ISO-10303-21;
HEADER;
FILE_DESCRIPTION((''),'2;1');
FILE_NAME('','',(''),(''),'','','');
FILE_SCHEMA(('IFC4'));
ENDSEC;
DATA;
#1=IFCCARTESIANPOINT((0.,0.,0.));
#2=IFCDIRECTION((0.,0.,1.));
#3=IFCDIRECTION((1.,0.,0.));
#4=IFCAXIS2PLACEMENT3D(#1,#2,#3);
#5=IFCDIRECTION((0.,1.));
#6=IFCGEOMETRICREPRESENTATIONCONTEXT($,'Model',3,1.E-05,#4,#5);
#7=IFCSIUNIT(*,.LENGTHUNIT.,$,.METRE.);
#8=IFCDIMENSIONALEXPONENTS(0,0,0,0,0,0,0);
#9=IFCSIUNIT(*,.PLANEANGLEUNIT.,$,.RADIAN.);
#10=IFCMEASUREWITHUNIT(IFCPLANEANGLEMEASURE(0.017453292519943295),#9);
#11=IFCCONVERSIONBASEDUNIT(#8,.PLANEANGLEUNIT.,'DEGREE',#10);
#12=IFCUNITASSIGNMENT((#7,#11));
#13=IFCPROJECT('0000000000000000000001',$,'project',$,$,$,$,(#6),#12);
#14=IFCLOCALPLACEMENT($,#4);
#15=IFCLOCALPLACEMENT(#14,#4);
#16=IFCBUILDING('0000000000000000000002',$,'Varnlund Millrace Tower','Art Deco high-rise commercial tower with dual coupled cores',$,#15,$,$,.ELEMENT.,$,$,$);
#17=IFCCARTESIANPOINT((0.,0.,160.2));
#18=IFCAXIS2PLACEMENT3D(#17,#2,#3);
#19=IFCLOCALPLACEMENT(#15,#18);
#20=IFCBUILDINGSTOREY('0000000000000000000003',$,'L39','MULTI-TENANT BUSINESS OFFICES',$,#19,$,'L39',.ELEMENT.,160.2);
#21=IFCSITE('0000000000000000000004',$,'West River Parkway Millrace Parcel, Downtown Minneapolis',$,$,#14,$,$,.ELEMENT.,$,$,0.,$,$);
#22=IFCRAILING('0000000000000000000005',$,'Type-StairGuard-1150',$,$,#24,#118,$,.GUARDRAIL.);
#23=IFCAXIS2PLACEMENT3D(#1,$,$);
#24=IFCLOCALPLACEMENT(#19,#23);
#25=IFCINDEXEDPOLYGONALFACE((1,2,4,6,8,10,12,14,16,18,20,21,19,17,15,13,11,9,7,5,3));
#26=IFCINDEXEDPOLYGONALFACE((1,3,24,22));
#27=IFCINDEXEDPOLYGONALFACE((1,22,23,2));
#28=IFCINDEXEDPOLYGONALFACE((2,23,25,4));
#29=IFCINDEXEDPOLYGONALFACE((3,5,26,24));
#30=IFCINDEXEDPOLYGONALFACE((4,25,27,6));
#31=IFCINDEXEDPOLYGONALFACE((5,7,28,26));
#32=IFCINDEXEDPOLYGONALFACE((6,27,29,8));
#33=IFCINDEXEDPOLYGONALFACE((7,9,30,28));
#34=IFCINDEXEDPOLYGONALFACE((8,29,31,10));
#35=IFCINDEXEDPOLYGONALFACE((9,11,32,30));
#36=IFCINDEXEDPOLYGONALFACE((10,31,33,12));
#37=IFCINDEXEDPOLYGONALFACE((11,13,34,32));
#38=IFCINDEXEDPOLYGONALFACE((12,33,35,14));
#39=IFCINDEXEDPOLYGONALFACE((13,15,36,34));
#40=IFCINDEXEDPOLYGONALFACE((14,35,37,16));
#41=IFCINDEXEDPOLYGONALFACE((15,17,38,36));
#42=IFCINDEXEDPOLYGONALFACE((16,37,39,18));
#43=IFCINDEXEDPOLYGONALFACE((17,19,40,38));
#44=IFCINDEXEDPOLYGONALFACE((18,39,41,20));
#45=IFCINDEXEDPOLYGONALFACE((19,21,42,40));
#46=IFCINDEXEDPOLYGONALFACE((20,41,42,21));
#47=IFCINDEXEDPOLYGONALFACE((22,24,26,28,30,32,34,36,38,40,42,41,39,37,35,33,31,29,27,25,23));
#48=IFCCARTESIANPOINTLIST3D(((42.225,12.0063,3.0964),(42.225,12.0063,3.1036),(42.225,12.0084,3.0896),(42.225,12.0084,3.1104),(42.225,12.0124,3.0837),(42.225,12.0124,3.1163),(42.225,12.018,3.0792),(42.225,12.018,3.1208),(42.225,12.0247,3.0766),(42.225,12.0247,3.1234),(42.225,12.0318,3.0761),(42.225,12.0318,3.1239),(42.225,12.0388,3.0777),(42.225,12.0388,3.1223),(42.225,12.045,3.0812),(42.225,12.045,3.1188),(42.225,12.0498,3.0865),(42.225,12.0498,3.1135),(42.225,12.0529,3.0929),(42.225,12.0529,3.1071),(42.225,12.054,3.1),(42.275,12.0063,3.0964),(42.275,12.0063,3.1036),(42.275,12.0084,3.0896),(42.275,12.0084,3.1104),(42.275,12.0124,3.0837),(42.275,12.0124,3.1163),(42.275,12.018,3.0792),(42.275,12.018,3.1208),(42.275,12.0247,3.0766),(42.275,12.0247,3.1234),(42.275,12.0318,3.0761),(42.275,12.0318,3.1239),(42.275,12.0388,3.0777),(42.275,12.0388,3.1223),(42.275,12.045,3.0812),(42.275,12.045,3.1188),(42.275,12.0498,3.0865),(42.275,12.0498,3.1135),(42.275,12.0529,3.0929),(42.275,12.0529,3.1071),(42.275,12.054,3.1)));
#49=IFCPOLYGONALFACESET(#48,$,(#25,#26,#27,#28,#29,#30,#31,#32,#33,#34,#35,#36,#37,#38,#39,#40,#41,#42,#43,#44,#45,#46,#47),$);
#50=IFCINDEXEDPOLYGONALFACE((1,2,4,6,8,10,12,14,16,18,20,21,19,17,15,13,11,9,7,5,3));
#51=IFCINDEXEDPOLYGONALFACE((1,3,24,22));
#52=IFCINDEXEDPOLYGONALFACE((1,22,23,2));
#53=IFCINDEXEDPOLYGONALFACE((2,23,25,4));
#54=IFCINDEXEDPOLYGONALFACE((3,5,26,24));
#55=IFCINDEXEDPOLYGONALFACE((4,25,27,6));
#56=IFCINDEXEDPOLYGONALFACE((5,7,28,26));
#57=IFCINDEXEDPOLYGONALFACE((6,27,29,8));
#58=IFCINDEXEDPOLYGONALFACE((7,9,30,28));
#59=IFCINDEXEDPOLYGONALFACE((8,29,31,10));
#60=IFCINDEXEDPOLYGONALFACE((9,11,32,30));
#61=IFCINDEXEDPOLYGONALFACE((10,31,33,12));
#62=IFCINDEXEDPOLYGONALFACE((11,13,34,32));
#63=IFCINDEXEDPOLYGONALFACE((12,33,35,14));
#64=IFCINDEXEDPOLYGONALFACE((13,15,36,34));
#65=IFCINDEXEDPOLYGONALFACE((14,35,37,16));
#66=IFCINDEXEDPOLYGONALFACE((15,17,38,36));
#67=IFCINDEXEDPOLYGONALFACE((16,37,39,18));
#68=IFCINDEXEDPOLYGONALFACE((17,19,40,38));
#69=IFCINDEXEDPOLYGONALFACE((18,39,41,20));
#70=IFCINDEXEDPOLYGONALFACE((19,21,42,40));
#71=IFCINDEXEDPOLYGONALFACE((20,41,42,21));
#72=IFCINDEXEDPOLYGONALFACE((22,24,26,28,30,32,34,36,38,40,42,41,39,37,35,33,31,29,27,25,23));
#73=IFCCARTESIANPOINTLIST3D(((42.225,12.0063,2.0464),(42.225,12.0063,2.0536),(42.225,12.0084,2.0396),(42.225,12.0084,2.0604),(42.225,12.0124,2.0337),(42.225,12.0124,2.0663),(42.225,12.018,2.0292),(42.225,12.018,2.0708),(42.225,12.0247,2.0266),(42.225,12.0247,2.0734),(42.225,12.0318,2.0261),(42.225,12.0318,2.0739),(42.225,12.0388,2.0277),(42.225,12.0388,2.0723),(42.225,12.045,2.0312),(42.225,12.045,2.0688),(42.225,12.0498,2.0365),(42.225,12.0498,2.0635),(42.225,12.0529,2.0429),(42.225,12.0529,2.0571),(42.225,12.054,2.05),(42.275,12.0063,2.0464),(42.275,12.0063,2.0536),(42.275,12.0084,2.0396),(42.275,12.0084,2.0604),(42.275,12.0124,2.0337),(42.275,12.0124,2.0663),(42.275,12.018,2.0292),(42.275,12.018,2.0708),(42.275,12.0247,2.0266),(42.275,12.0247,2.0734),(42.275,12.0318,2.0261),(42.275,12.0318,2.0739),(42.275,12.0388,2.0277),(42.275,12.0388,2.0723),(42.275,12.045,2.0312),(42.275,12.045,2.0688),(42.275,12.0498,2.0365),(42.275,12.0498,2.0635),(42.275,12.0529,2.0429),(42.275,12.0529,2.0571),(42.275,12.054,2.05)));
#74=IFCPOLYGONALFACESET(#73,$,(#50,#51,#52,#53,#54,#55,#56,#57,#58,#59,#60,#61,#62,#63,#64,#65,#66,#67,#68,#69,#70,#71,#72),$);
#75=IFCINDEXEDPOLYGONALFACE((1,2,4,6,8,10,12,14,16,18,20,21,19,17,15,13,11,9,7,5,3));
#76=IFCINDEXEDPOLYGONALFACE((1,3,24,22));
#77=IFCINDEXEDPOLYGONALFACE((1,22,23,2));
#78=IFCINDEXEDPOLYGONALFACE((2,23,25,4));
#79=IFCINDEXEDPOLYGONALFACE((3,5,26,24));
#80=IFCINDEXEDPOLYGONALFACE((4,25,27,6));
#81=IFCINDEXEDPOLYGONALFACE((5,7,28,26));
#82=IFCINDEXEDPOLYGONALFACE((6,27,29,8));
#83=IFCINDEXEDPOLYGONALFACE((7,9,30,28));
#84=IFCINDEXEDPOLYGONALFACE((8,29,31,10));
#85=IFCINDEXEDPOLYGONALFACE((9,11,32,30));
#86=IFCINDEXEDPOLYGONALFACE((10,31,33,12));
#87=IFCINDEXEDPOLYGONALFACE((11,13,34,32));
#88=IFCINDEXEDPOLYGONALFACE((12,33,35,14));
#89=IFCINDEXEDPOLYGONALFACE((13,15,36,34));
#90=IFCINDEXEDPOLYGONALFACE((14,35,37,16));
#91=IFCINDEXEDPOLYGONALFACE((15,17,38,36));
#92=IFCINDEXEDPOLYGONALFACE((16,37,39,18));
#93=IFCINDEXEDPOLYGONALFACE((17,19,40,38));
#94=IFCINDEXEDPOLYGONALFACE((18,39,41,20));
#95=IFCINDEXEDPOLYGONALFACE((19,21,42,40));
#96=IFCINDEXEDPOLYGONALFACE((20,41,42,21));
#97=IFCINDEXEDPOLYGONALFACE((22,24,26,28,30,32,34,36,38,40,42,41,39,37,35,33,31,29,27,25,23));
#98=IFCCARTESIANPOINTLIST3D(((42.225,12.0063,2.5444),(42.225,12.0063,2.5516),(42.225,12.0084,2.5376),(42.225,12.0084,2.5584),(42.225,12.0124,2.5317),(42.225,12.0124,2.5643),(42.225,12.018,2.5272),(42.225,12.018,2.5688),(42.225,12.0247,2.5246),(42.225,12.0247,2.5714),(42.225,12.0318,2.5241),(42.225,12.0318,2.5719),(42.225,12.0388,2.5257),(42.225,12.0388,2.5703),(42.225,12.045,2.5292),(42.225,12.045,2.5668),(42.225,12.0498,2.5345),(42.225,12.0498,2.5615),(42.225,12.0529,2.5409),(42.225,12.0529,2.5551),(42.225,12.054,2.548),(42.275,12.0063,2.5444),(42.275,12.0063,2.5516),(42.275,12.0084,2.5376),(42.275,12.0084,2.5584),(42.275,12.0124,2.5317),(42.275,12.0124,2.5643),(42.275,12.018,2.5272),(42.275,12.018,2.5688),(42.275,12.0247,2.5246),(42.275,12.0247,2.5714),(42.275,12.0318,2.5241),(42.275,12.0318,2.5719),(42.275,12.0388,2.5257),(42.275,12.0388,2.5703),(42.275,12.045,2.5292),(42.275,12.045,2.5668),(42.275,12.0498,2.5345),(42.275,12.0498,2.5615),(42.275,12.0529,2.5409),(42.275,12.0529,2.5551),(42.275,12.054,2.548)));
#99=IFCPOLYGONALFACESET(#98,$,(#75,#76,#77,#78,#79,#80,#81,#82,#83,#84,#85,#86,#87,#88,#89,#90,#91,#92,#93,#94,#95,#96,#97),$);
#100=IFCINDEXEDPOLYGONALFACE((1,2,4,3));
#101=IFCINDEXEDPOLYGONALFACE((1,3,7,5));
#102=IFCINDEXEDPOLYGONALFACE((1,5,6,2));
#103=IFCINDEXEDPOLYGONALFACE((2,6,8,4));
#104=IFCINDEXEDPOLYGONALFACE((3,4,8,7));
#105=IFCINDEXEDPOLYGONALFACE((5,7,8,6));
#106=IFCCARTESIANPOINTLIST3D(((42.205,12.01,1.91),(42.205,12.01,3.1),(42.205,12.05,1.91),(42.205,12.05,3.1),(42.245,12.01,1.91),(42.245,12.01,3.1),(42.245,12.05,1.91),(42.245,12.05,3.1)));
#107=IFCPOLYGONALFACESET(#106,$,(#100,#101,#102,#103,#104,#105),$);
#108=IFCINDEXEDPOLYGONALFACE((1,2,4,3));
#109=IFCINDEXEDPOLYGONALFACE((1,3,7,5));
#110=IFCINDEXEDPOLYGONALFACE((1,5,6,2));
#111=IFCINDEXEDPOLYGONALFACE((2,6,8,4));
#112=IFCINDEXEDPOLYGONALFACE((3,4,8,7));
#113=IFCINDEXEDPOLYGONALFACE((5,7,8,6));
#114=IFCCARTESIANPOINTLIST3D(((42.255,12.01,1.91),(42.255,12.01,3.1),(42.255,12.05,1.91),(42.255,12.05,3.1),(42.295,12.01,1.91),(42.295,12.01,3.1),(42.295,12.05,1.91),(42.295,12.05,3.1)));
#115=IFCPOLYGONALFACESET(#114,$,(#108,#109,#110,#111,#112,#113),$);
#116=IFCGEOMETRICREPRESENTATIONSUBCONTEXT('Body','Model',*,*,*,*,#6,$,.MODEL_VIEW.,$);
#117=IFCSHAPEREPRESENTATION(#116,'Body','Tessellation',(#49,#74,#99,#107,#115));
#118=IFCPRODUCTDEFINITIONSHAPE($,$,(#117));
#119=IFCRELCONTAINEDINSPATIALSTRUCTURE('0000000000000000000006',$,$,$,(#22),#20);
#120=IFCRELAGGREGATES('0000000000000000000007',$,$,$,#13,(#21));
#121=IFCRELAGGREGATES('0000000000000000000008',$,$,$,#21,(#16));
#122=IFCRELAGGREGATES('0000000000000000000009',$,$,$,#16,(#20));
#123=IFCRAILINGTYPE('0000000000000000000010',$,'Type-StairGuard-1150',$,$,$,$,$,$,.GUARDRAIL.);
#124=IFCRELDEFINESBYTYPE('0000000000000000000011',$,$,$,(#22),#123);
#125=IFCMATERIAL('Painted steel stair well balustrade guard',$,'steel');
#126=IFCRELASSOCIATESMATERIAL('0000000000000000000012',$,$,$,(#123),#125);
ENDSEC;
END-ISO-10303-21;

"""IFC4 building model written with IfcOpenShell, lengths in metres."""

from ifc_helpers import new_model, entity, si_unit, converted_unit, direction, frame, origin_with_axes, origin_2d_with_axis, place, context, subcontext, project, spatial, rectangle, circle, extrude, material, type_object, element, save


model = new_model("IFC4")

# Units and contexts
model_context = context("Model", 3, precision=1e-05, world=origin_with_axes(), true_north=direction((0.0, 1.0)))
body_context = subcontext(model_context, "Body", "Model", "MODEL_VIEW")
ifc_project = project(units=[si_unit("LENGTHUNIT", "METRE"), converted_unit("PLANEANGLEUNIT", "DEGREE", entity("IfcPlaneAngleMeasure", 0.017453292519943295), si_unit("PLANEANGLEUNIT", "RADIAN"), dimensions=[0, 0, 0, 0, 0, 0, 0])], contexts=[model_context])

# Site, building, storey
site_placement = place(None, origin_with_axes())
site = spatial("IfcSite", under=ifc_project, at=site_placement, Name="West River Parkway Millrace Parcel, Downtown Minneapolis", CompositionType="ELEMENT", RefElevation=0.0)
building_placement = place(site_placement, origin_with_axes())
building = spatial("IfcBuilding", under=site, at=building_placement, Name="Varnlund Millrace Tower", Description="Art Deco high-rise commercial tower with dual coupled cores", CompositionType="ELEMENT")
storey_placement = place(building_placement, frame((0.0, 0.0, 160.2), z_axis=(0.0, 0.0, 1.0), x_axis=(1.0, 0.0, 0.0)))
storey = spatial("IfcBuildingStorey", under=building, at=storey_placement, Name="L39", Description="MULTI-TENANT BUSINESS OFFICES", LongName="L39", CompositionType="ELEMENT", Elevation=160.2)

# Railing
ifc_material_1 = material(Name="Painted steel stair well balustrade guard", Category="steel")
railing_type_1 = type_object("IfcRailingType", Name="Type-StairGuard-1150", PredefinedType="GUARDRAIL", material=ifc_material_1)
railing_1_placement = place(storey_placement, frame((0.0, 0.0, -160.2), z_axis=(0.0, 0.0, 1.0), x_axis=(1.0, 0.0, 0.0)))
element("IfcRailing", 1, at=railing_1_placement, inside=storey, type_object=railing_type_1, Name="Type-StairGuard-1150", PredefinedType="GUARDRAIL", context=body_context, shape_type="SweptSolid", body=[
    extrude(circle(Radius=0.024, at=origin_2d_with_axis()), frame((42.225, 12.03, 163.3), z_axis=(1.0, 0.0, 0.0), x_axis=(0.0, 1.0, 0.0)), (0.0, 0.0, 1.0), 0.05),
    extrude(circle(Radius=0.024, at=origin_2d_with_axis()), frame((42.225, 12.03, 162.25), z_axis=(1.0, 0.0, 0.0), x_axis=(0.0, 1.0, 0.0)), (0.0, 0.0, 1.0), 0.05),
    extrude(circle(Radius=0.024, at=origin_2d_with_axis()), frame((42.225, 12.03, 162.748), z_axis=(1.0, 0.0, 0.0), x_axis=(0.0, 1.0, 0.0)), (0.0, 0.0, 1.0), 0.05),
    extrude(rectangle(XDim=0.04, YDim=0.04, at=origin_2d_with_axis()), frame((42.225, 12.03, 162.11), z_axis=(0.0, 0.0, 1.0), x_axis=(1.0, 0.0, 0.0)), (0.0, 0.0, 1.0), 1.19),
    extrude(rectangle(XDim=0.04, YDim=0.04, at=origin_2d_with_axis()), frame((42.275, 12.03, 162.11), z_axis=(0.0, 0.0, 1.0), x_axis=(1.0, 0.0, 0.0)), (0.0, 0.0, 1.0), 1.19),
])

save(model, "model.ifc")
